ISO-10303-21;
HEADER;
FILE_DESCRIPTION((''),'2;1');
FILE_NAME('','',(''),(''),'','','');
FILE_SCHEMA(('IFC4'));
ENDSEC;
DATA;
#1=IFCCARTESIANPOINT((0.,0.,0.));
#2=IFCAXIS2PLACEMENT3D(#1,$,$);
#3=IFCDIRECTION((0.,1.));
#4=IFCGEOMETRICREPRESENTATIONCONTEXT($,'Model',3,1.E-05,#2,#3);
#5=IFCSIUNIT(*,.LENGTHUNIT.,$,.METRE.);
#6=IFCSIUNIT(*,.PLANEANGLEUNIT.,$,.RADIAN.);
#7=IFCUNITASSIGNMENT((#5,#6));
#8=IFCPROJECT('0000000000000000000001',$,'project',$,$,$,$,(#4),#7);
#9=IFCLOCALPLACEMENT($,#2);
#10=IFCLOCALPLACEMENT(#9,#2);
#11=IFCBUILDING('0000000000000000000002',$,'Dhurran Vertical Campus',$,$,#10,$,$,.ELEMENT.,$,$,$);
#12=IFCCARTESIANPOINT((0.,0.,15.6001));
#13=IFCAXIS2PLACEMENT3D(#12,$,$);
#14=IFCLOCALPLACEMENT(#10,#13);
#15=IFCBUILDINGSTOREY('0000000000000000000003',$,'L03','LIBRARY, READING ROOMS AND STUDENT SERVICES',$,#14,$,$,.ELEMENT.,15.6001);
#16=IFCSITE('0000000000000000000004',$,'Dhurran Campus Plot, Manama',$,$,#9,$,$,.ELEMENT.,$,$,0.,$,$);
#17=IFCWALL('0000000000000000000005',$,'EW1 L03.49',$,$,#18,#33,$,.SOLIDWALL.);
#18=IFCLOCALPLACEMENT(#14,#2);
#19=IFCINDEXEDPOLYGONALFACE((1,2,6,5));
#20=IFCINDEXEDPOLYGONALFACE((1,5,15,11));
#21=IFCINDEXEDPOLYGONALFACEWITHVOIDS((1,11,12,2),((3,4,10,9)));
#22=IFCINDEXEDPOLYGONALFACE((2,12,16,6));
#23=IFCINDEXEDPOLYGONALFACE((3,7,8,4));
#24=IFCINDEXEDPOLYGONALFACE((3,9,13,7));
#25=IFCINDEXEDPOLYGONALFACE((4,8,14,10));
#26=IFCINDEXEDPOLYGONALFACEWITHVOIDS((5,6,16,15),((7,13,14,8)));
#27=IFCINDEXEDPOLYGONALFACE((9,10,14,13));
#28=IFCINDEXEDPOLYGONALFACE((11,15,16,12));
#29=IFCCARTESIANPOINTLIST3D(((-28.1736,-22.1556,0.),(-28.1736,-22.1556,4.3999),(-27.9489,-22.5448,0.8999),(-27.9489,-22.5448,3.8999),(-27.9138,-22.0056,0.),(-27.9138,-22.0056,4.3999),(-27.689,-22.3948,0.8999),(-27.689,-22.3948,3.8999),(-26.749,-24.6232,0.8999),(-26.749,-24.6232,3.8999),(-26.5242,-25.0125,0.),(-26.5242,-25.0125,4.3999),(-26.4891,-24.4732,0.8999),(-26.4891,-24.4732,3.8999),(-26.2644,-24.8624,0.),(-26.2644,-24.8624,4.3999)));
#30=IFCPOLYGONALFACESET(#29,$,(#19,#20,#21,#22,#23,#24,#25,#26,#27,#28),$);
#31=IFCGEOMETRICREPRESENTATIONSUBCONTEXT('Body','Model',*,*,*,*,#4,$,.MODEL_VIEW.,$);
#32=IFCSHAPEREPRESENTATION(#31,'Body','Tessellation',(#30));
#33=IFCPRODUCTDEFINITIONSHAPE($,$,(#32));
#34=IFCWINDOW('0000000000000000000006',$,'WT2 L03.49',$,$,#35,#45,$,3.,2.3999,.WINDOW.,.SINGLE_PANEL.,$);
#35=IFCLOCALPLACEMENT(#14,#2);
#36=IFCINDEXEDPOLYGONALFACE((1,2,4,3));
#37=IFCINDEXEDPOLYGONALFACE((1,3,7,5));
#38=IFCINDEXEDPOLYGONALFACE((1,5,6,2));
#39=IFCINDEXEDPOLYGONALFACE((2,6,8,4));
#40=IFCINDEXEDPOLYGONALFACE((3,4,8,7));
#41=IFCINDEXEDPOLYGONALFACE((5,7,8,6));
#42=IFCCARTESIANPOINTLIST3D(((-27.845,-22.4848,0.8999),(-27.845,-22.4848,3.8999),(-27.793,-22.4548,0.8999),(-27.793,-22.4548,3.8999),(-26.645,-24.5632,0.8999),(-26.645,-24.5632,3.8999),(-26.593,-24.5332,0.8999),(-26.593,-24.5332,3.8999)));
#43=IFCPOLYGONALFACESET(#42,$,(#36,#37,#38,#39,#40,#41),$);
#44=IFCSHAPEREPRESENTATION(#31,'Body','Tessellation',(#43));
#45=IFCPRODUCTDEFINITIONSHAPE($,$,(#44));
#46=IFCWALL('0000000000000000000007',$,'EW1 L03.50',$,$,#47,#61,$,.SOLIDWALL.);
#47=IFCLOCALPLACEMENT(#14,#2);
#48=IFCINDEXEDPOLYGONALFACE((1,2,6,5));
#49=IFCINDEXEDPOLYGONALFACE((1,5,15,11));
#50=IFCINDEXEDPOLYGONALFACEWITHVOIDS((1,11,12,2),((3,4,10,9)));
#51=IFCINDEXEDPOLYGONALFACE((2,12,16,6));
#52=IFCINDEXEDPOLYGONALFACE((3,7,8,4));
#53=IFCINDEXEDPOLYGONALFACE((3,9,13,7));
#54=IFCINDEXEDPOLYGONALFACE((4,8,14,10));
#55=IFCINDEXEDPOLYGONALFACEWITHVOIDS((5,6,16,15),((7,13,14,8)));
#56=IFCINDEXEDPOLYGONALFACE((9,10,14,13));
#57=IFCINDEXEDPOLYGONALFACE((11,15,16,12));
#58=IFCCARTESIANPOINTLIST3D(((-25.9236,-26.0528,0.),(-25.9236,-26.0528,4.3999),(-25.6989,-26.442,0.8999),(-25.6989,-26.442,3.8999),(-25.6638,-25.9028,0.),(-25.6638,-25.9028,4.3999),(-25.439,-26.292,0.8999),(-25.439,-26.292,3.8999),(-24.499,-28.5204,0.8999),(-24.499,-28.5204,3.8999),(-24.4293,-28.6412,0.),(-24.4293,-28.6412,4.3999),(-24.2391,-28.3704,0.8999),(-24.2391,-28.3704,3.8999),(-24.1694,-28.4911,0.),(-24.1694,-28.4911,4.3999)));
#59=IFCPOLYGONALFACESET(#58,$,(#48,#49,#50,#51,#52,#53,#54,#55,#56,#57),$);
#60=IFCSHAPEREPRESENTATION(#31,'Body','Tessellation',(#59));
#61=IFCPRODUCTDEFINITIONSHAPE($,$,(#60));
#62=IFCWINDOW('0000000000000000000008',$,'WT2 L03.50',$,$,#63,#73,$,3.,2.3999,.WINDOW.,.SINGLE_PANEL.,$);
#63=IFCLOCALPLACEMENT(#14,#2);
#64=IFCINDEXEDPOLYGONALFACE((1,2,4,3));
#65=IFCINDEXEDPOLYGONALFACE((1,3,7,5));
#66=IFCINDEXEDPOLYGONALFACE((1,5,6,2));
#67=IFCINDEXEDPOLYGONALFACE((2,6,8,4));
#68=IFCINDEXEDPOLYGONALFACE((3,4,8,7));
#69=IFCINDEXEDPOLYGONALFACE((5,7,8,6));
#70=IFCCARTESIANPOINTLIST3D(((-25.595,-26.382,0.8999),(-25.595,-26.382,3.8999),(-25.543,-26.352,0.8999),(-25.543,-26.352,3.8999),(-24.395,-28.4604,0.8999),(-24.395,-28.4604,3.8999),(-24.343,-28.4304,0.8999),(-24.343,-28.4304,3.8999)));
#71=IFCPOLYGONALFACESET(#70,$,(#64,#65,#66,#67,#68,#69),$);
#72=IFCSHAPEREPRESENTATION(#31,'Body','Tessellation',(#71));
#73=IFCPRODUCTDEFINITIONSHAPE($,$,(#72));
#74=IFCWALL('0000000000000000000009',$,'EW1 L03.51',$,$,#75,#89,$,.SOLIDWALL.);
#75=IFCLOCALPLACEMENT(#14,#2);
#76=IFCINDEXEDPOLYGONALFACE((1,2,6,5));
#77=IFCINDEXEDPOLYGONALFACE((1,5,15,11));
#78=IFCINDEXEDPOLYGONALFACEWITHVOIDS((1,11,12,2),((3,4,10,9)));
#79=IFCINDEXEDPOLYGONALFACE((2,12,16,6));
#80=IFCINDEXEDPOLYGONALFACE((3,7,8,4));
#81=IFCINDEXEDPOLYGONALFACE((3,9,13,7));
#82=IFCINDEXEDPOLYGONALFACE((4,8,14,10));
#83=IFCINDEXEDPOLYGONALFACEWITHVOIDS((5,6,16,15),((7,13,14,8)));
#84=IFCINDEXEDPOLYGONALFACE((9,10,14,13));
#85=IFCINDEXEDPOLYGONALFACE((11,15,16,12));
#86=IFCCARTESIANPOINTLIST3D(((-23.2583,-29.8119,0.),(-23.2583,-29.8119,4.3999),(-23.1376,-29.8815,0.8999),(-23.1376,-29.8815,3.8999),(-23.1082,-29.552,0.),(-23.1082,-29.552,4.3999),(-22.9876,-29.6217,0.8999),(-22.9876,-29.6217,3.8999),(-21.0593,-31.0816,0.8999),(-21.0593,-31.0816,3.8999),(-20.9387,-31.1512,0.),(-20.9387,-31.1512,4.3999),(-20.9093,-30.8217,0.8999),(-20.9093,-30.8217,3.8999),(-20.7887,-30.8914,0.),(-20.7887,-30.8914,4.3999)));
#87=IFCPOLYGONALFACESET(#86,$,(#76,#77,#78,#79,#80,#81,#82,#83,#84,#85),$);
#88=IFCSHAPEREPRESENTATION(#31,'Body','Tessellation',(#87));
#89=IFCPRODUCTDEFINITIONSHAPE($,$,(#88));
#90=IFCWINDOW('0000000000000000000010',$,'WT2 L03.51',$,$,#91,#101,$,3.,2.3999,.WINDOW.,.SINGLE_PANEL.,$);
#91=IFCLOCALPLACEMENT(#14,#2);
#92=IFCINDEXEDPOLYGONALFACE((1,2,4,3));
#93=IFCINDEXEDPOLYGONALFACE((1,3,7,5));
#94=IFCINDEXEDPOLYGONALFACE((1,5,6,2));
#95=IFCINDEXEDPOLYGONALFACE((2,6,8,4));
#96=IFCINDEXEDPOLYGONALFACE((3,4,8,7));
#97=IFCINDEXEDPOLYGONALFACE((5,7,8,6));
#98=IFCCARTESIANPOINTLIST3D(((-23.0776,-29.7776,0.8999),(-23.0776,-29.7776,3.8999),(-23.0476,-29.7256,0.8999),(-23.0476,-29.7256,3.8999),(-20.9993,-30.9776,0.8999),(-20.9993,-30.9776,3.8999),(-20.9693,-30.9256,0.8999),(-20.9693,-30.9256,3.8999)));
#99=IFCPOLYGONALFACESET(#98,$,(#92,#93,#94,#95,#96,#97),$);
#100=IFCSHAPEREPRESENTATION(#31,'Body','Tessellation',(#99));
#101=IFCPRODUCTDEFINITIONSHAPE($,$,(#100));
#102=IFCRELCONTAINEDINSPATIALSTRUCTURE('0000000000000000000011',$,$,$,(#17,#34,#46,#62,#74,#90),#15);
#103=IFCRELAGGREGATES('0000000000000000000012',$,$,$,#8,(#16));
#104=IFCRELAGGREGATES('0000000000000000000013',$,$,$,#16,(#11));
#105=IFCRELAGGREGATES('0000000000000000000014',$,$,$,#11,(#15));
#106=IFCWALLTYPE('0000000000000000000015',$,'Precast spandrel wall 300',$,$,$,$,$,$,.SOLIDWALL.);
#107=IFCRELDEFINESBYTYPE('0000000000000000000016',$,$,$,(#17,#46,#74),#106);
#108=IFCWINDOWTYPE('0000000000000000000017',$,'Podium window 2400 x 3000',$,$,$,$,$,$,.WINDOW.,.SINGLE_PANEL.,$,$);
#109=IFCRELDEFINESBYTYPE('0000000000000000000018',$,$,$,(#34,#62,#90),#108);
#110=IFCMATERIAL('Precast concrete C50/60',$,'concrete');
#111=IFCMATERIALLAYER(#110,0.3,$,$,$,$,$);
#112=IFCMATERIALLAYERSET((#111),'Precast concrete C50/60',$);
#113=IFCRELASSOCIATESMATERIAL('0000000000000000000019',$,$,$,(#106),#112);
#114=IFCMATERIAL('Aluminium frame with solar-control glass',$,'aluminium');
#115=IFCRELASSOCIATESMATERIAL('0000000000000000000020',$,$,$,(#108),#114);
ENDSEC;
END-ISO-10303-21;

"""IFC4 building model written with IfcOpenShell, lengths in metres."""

from ifc_helpers import new_model, si_unit, direction, frame, frame_2d, origin, place, context, subcontext, project, spatial, rectangle, extrude, material, layer, layer_set, type_object, element, fill, save


model = new_model("IFC4")

# Units and contexts
model_context = context("Model", 3, precision=1e-05, world=origin(), true_north=direction((0.0, 1.0)))
body_context = subcontext(model_context, "Body", "Model", "MODEL_VIEW")
ifc_project = project(units=[si_unit("LENGTHUNIT", "METRE"), si_unit("PLANEANGLEUNIT", "RADIAN")], contexts=[model_context])

# Site, building, storey
site_placement = place(None, origin())
site = spatial("IfcSite", under=ifc_project, at=site_placement, Name="Dhurran Campus Plot, Manama", CompositionType="ELEMENT", RefElevation=0.0)
building_placement = place(site_placement, origin())
building = spatial("IfcBuilding", under=site, at=building_placement, Name="Dhurran Vertical Campus", CompositionType="ELEMENT")
storey_placement = place(building_placement, frame((0.0, 0.0, 15.6001)))
storey = spatial("IfcBuildingStorey", under=building, at=storey_placement, Name="L03", Description="LIBRARY, READING ROOMS AND STUDENT SERVICES", CompositionType="ELEMENT", Elevation=15.6001)

# Walls, openings, windows
ifc_material_1 = material(Name="Precast concrete C50/60", Category="concrete")
ifc_layer = layer(ifc_material_1, 0.3)
ifc_layer_set = layer_set([ifc_layer], Name="Precast concrete C50/60")
wall_type = type_object("IfcWallType", Name="Precast spandrel wall 300", PredefinedType="SOLIDWALL", material=ifc_layer_set)
ifc_material_2 = material(Name="Aluminium frame with solar-control glass", Category="aluminium")
window_type = type_object("IfcWindowType", Name="Podium window 2400 x 3000", PartitioningType="SINGLE_PANEL", PredefinedType="WINDOW", material=ifc_material_2)
wall_1_placement = place(storey_placement, frame((-28.0437, -22.0806, 0.0), z_axis=(0.0, 0.0, 1.0), x_axis=(0.499992, -0.86603, 0.0)))
wall_1 = element("IfcWall", 1, at=wall_1_placement, inside=storey, type_object=wall_type, Name="EW1 L03.49", PredefinedType="SOLIDWALL", context=body_context, shape_type="SweptSolid", body=[
    extrude(rectangle(XDim=3.2988, YDim=0.3, at=frame_2d((1.6494, 0.0))), origin(), (0.0, 0.0, 1.0), 4.3999),
])
opening_1_placement = place(wall_1_placement, frame((0.4495, 0.0, 0.8999)))
opening_1 = element("IfcOpeningElement", 2, at=opening_1_placement, cuts=wall_1, PredefinedType="OPENING", context=body_context, shape_type="SweptSolid", body=[
    extrude(rectangle(XDim=2.3999, YDim=3.0, at=frame_2d((1.2, 1.5))), frame((0.0, 0.1599, 0.0), z_axis=(0.0, -1.0, 0.0), x_axis=(1.0, 0.0, 0.0)), (0.0, 0.0, 1.0), 0.3201),
])
window_1_placement = place(opening_1_placement, origin())
window_1 = element("IfcWindow", 3, at=window_1_placement, inside=storey, type_object=window_type, Name="WT2 L03.49", OverallHeight=3.0, OverallWidth=2.3999, PartitioningType="SINGLE_PANEL", PredefinedType="WINDOW", context=body_context, shape_type="SweptSolid", body=[
    extrude(rectangle(XDim=2.3999, YDim=3.0, at=frame_2d((1.2, 1.5))), frame((0.0, 0.03, 0.0), z_axis=(0.0, -1.0, 0.0), x_axis=(1.0, 0.0, 0.0)), (0.0, 0.0, 1.0), 0.0601),
])
fill(opening_1, window_1)
wall_2_placement = place(storey_placement, frame((-25.7937, -25.9778, 0.0), z_axis=(0.0, 0.0, 1.0), x_axis=(0.499996, -0.866028, 0.0)))
wall_2 = element("IfcWall", 4, at=wall_2_placement, inside=storey, type_object=wall_type, Name="EW1 L03.50", PredefinedType="SOLIDWALL", context=body_context, shape_type="SweptSolid", body=[
    extrude(rectangle(XDim=2.9888, YDim=0.3, at=frame_2d((1.4944, 0.0))), origin(), (0.0, 0.0, 1.0), 4.3999),
])
opening_2_placement = place(wall_2_placement, frame((0.4495, 0.0, 0.8999)))
opening_2 = element("IfcOpeningElement", 5, at=opening_2_placement, cuts=wall_2, PredefinedType="OPENING", context=body_context, shape_type="SweptSolid", body=[
    extrude(rectangle(XDim=2.3999, YDim=3.0, at=frame_2d((1.2, 1.5))), frame((0.0, 0.1599, 0.0), z_axis=(0.0, -1.0, 0.0), x_axis=(1.0, 0.0, 0.0)), (0.0, 0.0, 1.0), 0.3201),
])
window_2_placement = place(opening_2_placement, origin())
window_2 = element("IfcWindow", 6, at=window_2_placement, inside=storey, type_object=window_type, Name="WT2 L03.50", OverallHeight=3.0, OverallWidth=2.3999, PartitioningType="SINGLE_PANEL", PredefinedType="WINDOW", context=body_context, shape_type="SweptSolid", body=[
    extrude(rectangle(XDim=2.3999, YDim=3.0, at=frame_2d((1.2, 1.5))), frame((0.0, 0.03, 0.0), z_axis=(0.0, -1.0, 0.0), x_axis=(1.0, 0.0, 0.0)), (0.0, 0.0, 1.0), 0.0601),
])
fill(opening_2, window_2)
wall_3_placement = place(storey_placement, frame((-23.1833, -29.6819, 0.0), z_axis=(0.0, 0.0, 1.0), x_axis=(0.866002, -0.500041, 0.0)))
wall_3 = element("IfcWall", 7, at=wall_3_placement, inside=storey, type_object=wall_type, Name="EW1 L03.51", PredefinedType="SOLIDWALL", context=body_context, shape_type="SweptSolid", body=[
    extrude(rectangle(XDim=2.6785, YDim=0.3, at=frame_2d((1.3394, 0.0))), origin(), (0.0, 0.0, 1.0), 4.3999),
])
opening_3_placement = place(wall_3_placement, frame((0.1394, 0.0, 0.8999)))
opening_3 = element("IfcOpeningElement", 8, at=opening_3_placement, cuts=wall_3, PredefinedType="OPENING", context=body_context, shape_type="SweptSolid", body=[
    extrude(rectangle(XDim=2.3999, YDim=3.0, at=frame_2d((1.2, 1.5))), frame((0.0, 0.1599, 0.0), z_axis=(0.0, -1.0, 0.0), x_axis=(1.0, 0.0, 0.0)), (0.0, 0.0, 1.0), 0.3201),
])
window_3_placement = place(opening_3_placement, origin())
window_3 = element("IfcWindow", 9, at=window_3_placement, inside=storey, type_object=window_type, Name="WT2 L03.51", OverallHeight=3.0, OverallWidth=2.3999, PartitioningType="SINGLE_PANEL", PredefinedType="WINDOW", context=body_context, shape_type="SweptSolid", body=[
    extrude(rectangle(XDim=2.3999, YDim=3.0, at=frame_2d((1.2, 1.5))), frame((0.0, 0.03, 0.0), z_axis=(0.0, -1.0, 0.0), x_axis=(1.0, 0.0, 0.0)), (0.0, 0.0, 1.0), 0.0601),
])
fill(opening_3, window_3)

save(model, "model.ifc")
